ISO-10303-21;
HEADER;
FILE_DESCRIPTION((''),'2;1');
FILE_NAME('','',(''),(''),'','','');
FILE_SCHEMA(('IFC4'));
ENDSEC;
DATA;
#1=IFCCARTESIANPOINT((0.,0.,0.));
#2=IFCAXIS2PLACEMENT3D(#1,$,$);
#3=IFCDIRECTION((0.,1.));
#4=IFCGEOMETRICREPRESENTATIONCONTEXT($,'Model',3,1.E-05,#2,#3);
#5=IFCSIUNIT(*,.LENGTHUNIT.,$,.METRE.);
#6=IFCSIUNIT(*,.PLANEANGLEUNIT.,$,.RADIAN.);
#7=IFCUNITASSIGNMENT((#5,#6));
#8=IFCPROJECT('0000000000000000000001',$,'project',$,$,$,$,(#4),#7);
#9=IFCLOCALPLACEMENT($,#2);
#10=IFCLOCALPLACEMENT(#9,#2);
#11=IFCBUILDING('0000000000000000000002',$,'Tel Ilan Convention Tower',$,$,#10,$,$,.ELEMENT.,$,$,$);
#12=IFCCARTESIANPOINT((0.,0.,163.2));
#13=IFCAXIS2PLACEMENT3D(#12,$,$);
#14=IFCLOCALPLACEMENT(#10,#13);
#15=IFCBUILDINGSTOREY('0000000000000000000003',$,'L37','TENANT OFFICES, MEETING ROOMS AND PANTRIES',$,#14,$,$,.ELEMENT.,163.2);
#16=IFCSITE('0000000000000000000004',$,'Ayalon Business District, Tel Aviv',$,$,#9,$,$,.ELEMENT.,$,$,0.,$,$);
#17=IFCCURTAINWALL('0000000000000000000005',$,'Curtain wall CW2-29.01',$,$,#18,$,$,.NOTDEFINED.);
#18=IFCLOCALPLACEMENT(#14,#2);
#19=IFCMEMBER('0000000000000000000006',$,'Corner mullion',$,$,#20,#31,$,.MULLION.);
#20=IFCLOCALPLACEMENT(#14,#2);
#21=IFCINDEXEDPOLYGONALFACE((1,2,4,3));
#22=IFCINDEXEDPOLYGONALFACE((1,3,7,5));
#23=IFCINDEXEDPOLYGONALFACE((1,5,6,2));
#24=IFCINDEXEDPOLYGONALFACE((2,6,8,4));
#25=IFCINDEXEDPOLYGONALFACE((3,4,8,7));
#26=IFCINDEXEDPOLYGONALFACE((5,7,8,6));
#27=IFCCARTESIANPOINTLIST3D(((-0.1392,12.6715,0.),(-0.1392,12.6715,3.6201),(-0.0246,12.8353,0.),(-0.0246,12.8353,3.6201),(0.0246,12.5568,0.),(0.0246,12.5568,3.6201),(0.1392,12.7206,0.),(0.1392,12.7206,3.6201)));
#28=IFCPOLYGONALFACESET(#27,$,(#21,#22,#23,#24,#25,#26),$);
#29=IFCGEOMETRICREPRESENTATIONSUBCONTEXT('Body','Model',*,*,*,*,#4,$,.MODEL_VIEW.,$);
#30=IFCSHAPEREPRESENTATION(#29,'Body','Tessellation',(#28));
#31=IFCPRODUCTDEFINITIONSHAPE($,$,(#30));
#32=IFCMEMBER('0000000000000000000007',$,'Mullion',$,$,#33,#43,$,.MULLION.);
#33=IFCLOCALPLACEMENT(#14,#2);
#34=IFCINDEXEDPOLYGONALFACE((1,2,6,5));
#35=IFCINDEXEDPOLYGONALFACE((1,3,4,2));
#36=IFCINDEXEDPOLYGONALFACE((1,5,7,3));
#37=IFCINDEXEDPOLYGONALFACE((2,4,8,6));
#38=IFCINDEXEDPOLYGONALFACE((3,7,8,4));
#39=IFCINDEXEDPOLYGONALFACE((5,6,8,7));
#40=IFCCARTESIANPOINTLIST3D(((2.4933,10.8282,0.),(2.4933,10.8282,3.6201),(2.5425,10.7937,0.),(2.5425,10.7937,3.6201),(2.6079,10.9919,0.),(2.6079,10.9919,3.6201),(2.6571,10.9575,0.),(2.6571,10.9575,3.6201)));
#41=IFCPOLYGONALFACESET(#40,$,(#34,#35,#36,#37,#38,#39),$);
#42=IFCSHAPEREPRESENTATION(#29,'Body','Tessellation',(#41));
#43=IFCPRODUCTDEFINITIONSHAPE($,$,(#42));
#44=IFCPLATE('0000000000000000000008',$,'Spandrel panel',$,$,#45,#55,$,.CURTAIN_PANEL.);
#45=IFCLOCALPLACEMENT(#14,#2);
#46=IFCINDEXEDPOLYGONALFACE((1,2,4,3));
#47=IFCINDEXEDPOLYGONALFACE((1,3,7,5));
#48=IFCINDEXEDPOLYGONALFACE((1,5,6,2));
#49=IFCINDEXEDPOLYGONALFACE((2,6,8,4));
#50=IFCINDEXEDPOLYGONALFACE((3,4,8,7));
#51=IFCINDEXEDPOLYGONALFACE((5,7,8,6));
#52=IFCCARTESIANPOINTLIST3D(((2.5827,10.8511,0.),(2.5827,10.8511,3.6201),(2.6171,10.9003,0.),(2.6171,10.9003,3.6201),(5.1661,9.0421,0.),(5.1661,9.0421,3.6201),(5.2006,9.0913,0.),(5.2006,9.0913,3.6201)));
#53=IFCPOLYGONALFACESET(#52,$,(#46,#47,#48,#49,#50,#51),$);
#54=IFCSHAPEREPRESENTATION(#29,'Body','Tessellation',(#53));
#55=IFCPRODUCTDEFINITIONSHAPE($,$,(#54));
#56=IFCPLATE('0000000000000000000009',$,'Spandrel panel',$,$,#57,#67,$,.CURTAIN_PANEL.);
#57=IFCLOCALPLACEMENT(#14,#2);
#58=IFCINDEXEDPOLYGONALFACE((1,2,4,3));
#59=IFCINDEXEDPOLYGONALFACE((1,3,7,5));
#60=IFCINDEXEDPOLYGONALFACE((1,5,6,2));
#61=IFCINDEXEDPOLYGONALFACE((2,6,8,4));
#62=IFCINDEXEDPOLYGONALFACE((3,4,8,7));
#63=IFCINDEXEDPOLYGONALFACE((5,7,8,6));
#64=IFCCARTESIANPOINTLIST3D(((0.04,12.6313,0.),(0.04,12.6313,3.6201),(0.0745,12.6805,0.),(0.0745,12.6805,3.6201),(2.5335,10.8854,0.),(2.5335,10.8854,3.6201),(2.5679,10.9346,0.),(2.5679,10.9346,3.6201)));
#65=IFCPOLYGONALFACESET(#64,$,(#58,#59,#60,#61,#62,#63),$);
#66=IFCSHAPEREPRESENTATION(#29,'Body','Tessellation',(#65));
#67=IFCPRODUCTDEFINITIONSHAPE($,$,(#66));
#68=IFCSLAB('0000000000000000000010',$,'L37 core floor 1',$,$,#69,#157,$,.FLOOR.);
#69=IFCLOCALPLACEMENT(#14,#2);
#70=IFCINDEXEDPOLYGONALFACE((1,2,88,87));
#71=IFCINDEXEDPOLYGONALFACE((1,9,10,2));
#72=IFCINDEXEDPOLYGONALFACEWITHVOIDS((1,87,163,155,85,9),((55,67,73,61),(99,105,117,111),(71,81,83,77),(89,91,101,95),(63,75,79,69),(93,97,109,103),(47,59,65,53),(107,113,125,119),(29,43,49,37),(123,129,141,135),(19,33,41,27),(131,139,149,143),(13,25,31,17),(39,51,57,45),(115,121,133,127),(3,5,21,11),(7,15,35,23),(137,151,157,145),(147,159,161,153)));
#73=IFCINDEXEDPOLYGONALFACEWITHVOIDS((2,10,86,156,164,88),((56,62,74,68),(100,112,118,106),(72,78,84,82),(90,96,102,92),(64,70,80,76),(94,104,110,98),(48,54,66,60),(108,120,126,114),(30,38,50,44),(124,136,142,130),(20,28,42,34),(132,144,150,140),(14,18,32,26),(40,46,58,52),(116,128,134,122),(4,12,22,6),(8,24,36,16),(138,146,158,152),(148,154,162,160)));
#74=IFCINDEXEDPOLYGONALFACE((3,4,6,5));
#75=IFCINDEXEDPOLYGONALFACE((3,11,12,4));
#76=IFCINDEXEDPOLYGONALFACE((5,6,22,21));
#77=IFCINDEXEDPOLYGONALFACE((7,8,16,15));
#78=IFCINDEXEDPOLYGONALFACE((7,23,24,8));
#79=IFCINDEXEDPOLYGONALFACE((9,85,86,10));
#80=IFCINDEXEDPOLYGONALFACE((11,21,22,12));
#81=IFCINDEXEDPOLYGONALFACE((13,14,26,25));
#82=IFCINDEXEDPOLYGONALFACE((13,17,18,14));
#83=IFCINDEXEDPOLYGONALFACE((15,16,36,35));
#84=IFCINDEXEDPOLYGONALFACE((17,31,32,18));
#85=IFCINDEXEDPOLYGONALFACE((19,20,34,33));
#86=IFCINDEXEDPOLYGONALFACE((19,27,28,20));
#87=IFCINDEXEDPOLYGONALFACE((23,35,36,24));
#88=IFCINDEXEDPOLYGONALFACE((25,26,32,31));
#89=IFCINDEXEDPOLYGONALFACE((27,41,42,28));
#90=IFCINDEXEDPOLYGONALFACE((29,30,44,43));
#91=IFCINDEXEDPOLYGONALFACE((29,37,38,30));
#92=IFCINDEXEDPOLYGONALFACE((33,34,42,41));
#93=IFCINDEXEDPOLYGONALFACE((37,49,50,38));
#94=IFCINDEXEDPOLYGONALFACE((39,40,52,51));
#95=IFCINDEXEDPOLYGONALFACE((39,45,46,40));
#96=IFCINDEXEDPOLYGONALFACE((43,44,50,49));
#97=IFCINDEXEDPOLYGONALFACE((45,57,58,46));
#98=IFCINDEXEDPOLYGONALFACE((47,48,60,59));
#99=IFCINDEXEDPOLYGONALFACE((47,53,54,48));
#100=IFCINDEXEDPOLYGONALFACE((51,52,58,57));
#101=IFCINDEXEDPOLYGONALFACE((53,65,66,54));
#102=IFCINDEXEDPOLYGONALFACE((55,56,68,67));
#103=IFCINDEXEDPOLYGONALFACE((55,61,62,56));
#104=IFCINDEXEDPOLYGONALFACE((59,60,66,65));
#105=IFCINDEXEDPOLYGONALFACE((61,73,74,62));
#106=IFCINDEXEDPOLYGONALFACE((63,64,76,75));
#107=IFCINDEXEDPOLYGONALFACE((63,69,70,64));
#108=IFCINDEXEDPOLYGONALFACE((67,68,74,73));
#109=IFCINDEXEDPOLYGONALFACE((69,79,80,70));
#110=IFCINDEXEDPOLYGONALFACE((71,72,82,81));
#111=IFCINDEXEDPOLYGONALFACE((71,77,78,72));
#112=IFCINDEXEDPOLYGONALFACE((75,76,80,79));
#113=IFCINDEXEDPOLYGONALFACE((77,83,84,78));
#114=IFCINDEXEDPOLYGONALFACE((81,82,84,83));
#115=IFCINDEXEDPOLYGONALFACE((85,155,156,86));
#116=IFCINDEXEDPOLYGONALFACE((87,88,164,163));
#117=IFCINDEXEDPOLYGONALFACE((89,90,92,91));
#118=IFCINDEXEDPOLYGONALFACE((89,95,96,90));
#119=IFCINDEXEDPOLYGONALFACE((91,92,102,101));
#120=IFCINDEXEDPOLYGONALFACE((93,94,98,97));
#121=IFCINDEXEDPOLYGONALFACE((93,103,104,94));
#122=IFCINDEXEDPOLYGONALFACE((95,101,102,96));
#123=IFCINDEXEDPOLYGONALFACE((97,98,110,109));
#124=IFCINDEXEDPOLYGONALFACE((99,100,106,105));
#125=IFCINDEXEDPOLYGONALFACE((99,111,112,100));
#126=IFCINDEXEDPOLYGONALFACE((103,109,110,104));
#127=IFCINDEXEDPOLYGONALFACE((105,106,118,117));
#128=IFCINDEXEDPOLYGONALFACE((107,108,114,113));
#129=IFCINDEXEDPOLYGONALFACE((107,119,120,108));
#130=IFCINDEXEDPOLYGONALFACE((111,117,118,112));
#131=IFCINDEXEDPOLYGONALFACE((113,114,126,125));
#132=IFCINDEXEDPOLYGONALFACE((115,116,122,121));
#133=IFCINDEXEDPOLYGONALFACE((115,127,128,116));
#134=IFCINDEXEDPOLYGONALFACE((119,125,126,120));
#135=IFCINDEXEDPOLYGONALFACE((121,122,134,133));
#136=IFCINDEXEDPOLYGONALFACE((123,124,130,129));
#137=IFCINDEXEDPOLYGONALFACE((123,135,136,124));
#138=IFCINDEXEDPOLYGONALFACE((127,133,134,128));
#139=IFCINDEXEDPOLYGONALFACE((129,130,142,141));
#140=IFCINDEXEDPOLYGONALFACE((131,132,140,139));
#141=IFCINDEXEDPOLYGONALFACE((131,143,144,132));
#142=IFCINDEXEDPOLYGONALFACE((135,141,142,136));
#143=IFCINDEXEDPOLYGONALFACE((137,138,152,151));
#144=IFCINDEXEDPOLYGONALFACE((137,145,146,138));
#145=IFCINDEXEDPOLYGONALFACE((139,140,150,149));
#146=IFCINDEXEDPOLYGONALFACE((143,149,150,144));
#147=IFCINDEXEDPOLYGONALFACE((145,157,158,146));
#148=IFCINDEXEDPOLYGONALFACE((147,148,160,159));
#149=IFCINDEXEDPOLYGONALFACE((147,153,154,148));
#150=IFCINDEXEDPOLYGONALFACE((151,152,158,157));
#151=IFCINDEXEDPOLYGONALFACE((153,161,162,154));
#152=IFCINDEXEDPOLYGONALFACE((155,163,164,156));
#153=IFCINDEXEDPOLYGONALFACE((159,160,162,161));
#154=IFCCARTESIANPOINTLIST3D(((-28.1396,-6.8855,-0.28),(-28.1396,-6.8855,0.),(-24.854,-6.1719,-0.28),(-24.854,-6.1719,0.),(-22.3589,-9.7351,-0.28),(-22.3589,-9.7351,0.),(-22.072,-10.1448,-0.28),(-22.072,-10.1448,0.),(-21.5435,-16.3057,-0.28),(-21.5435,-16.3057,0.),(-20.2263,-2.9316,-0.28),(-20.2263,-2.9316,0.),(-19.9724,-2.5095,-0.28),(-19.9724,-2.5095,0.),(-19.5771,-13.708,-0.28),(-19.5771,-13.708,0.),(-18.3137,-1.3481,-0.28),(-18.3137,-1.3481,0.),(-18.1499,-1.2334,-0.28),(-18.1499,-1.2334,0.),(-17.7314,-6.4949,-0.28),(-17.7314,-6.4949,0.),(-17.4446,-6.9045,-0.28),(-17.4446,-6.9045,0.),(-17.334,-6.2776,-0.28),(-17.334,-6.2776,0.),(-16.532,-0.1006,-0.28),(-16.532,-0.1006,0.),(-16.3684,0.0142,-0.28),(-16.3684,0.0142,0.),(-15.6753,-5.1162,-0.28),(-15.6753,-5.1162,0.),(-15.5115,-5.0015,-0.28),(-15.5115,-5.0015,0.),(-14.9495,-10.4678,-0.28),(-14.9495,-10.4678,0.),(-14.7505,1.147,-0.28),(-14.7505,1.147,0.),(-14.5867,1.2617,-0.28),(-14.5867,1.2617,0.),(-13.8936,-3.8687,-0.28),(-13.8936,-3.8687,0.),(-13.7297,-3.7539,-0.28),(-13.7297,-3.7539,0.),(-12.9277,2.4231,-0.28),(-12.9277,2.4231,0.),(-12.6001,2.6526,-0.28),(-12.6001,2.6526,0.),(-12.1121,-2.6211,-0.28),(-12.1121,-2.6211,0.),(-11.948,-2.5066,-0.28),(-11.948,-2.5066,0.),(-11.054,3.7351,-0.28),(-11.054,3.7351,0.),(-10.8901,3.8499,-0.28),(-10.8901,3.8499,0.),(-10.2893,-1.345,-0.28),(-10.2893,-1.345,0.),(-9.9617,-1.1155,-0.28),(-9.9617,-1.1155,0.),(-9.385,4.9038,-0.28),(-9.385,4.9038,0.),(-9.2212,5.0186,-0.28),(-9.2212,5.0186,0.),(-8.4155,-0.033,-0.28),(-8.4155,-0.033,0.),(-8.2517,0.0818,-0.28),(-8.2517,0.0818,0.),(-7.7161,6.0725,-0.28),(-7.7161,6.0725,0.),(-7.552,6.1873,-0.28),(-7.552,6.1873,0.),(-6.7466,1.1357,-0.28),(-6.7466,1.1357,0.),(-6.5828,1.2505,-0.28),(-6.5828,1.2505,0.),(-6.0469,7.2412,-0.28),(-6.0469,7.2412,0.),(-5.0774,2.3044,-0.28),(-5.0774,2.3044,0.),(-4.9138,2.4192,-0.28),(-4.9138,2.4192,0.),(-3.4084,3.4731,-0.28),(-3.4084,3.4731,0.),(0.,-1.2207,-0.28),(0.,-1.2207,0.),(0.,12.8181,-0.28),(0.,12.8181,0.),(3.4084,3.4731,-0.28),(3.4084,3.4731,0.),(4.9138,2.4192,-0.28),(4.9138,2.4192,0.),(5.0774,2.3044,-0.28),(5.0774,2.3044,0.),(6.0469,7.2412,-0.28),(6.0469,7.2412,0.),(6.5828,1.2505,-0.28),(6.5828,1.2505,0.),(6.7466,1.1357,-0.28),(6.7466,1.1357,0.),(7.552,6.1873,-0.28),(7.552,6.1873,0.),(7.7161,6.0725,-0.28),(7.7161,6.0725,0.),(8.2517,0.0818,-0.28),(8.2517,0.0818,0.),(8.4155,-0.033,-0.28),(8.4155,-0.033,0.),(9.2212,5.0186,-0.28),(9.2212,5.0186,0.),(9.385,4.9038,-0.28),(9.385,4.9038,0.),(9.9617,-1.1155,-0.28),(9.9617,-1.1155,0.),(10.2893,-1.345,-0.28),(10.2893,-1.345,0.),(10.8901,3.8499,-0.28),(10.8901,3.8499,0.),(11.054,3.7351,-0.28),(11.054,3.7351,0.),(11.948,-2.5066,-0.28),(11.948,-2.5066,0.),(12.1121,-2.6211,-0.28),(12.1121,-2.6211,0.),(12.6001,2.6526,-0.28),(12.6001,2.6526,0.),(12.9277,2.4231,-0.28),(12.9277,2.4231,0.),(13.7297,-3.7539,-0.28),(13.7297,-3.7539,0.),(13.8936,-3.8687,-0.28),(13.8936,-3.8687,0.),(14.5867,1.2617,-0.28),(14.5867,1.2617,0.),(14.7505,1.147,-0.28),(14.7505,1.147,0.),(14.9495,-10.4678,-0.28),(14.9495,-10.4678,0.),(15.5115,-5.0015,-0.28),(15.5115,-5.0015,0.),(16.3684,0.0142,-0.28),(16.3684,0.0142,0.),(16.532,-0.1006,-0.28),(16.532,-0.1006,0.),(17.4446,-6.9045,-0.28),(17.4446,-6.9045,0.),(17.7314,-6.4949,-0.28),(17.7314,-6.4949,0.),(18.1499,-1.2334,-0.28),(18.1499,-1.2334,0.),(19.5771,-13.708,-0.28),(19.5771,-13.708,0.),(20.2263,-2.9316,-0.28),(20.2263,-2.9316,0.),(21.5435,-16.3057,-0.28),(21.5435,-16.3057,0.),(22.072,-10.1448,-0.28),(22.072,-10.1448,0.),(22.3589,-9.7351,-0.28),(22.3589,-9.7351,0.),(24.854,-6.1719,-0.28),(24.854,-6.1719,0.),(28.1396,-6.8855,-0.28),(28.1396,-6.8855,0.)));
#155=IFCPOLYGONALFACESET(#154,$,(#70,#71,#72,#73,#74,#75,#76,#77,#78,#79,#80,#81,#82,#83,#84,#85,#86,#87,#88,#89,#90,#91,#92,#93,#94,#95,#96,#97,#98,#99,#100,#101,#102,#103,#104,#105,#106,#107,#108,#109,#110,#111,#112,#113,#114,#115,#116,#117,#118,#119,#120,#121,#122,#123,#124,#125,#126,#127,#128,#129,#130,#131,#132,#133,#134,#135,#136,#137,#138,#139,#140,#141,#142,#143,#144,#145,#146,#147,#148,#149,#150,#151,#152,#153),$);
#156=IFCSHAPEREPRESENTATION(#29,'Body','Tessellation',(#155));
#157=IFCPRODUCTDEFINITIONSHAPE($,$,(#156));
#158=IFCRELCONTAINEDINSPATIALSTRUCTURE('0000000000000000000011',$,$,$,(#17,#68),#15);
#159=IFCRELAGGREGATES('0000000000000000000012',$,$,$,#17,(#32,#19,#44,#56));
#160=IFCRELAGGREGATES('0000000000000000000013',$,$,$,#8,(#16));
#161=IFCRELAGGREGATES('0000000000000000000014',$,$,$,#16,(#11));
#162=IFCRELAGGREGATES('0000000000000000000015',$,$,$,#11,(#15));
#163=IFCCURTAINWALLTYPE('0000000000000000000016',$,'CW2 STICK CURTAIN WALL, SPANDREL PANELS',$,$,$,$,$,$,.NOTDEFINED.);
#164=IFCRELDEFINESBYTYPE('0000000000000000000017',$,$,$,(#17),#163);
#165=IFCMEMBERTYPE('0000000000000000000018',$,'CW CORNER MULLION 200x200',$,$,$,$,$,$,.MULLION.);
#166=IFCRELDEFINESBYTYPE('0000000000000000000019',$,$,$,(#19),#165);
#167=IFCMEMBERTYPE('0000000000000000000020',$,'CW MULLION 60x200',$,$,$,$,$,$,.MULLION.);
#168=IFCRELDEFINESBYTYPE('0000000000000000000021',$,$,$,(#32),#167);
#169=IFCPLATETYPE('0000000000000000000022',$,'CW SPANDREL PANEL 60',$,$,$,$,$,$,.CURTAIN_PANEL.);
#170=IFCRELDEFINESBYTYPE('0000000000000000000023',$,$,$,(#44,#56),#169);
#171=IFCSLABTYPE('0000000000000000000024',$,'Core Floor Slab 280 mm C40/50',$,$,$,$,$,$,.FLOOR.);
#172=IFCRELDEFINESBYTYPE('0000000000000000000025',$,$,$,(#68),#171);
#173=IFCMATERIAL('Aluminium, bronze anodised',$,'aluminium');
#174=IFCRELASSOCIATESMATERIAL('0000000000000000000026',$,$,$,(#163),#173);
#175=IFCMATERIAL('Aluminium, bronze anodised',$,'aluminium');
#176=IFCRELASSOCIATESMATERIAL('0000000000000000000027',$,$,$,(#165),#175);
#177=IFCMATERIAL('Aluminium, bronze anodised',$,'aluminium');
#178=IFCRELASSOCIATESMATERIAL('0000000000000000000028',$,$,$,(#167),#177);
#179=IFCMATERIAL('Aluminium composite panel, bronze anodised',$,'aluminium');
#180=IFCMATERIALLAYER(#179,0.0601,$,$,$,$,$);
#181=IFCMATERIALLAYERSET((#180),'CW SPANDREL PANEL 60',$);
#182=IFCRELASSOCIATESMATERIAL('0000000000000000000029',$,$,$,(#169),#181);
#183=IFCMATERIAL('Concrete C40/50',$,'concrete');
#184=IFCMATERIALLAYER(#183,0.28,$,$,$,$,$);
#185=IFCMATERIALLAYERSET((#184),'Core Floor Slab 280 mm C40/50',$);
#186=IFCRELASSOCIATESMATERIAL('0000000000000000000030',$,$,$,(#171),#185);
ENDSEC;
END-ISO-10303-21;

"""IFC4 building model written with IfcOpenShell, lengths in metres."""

from ifc_helpers import new_model, si_unit, direction, frame, origin, origin_2d, place, context, subcontext, project, spatial, polyline, rectangle, outline, extrude, material, layer, layer_set, material_profile, profile_set, type_object, element, aggregate, save


model = new_model("IFC4")

# Units and contexts
model_context = context("Model", 3, precision=1e-05, world=origin(), true_north=direction((0.0, 1.0)))
body_context = subcontext(model_context, "Body", "Model", "MODEL_VIEW")
ifc_project = project(units=[si_unit("LENGTHUNIT", "METRE"), si_unit("PLANEANGLEUNIT", "RADIAN")], contexts=[model_context])

# Site, building, storey
site_placement = place(None, origin())
site = spatial("IfcSite", under=ifc_project, at=site_placement, Name="Ayalon Business District, Tel Aviv", CompositionType="ELEMENT", RefElevation=0.0)
building_placement = place(site_placement, origin())
building = spatial("IfcBuilding", under=site, at=building_placement, Name="Tel Ilan Convention Tower", CompositionType="ELEMENT")
storey_placement = place(building_placement, frame((0.0, 0.0, 163.2)))
storey = spatial("IfcBuildingStorey", under=building, at=storey_placement, Name="L37", Description="TENANT OFFICES, MEETING ROOMS AND PANTRIES", CompositionType="ELEMENT", Elevation=163.2)

# Curtain wall, members, plates
ifc_material_1 = material(Name="Aluminium, bronze anodised", Category="aluminium")
curtain_wall_type = type_object("IfcCurtainWallType", Name="CW2 STICK CURTAIN WALL, SPANDREL PANELS", PredefinedType="NOTDEFINED", material=ifc_material_1)
curtain_wall_placement = place(storey_placement, origin())
curtain_wall = element("IfcCurtainWall", 1, at=curtain_wall_placement, inside=storey, type_object=curtain_wall_type, Name="Curtain wall CW2-29.01", PredefinedType="NOTDEFINED")
ifc_material_2 = material(Name="Aluminium, bronze anodised", Category="aluminium")
ifc_material_profile_1 = material_profile(ifc_material_2, rectangle(XDim=0.2, YDim=0.2, at=origin_2d()), Name="CW CORNER MULLION 200x200")
ifc_profile_set_1 = profile_set([ifc_material_profile_1], Name="Aluminium, bronze anodised")
member_type_1 = type_object("IfcMemberType", Name="CW CORNER MULLION 200x200", PredefinedType="MULLION", material=ifc_profile_set_1)
member_1_placement = place(storey_placement, frame((0.0, 12.696, 0.0), z_axis=(0.0, 0.0, 1.0), x_axis=(-0.819152, 0.573576, 0.0)))
member_1 = element("IfcMember", 2, at=member_1_placement, type_object=member_type_1, Name="Corner mullion", PredefinedType="MULLION", context=body_context, shape_type="SweptSolid", body=[
    extrude(rectangle(XDim=0.2, YDim=0.2, at=origin_2d()), origin(), (0.0, 0.0, 1.0), 3.6201),
])
ifc_material_3 = material(Name="Aluminium, bronze anodised", Category="aluminium")
ifc_material_profile_2 = material_profile(ifc_material_3, rectangle(XDim=0.0601, YDim=0.2, at=origin_2d()), Name="CW MULLION 60x200")
ifc_profile_set_2 = profile_set([ifc_material_profile_2], Name="Aluminium, bronze anodised")
member_type_2 = type_object("IfcMemberType", Name="CW MULLION 60x200", PredefinedType="MULLION", material=ifc_profile_set_2)
member_2_placement = place(storey_placement, frame((2.5752, 10.8928, 0.0), z_axis=(0.0, 0.0, 1.0), x_axis=(-0.819152, 0.573576, 0.0)))
member_2 = element("IfcMember", 3, at=member_2_placement, type_object=member_type_2, Name="Mullion", PredefinedType="MULLION", context=body_context, shape_type="SweptSolid", body=[
    extrude(rectangle(XDim=0.0601, YDim=0.2, at=origin_2d()), origin(), (0.0, 0.0, 1.0), 3.6201),
])
ifc_material_4 = material(Name="Aluminium composite panel, bronze anodised", Category="aluminium")
ifc_layer_1 = layer(ifc_material_4, 0.0601)
ifc_layer_set_1 = layer_set([ifc_layer_1], Name="CW SPANDREL PANEL 60")
plate_type = type_object("IfcPlateType", Name="CW SPANDREL PANEL 60", PredefinedType="CURTAIN_PANEL", material=ifc_layer_set_1)
plate_1_placement = place(storey_placement, frame((3.8916, 9.9712, 0.0), z_axis=(0.0, 0.0, 1.0), x_axis=(-0.819152, 0.573576, 0.0)))
plate_1 = element("IfcPlate", 4, at=plate_1_placement, type_object=plate_type, Name="Spandrel panel", PredefinedType="CURTAIN_PANEL", context=body_context, shape_type="SweptSolid", body=[
    extrude(rectangle(XDim=3.1538, YDim=0.0601, at=origin_2d()), origin(), (0.0, 0.0, 1.0), 3.6201),
])
plate_2_placement = place(storey_placement, frame((1.304, 11.783, 0.0), z_axis=(0.0, 0.0, 1.0), x_axis=(-0.819152, 0.573576, 0.0)))
plate_2 = element("IfcPlate", 5, at=plate_2_placement, type_object=plate_type, Name="Spandrel panel", PredefinedType="CURTAIN_PANEL", context=body_context, shape_type="SweptSolid", body=[
    extrude(rectangle(XDim=3.0439, YDim=0.0601, at=origin_2d()), origin(), (0.0, 0.0, 1.0), 3.6201),
])
aggregate(curtain_wall, [member_2, member_1, plate_1, plate_2])

# Slab
ifc_material_5 = material(Name="Concrete C40/50", Category="concrete")
ifc_layer_2 = layer(ifc_material_5, 0.28)
ifc_layer_set_2 = layer_set([ifc_layer_2], Name="Core Floor Slab 280 mm C40/50")
slab_type = type_object("IfcSlabType", Name="Core Floor Slab 280 mm C40/50", PredefinedType="FLOOR", material=ifc_layer_set_2)
slab_placement = place(storey_placement, frame((0.0, 0.0, -0.28)))
element("IfcSlab", 6, at=slab_placement, inside=storey, type_object=slab_type, Name="L37 core floor 1", PredefinedType="FLOOR", context=body_context, shape_type="SweptSolid", body=[
    extrude(outline(polyline([(-28.1396, -6.8855), (0.0, 12.8181), (28.1396, -6.8855), (21.5435, -16.3057), (0.0, -1.2207), (-21.5435, -16.3057), (-28.1396, -6.8855)]), holes=[polyline([(-14.9495, -10.4678), (-17.4446, -6.9045), (-22.072, -10.1448), (-19.5771, -13.708), (-14.9495, -10.4678)]), polyline([(-17.7314, -6.4949), (-20.2263, -2.9316), (-24.854, -6.1719), (-22.3589, -9.7351), (-17.7314, -6.4949)]), polyline([(-18.3137, -1.3481), (-19.9724, -2.5095), (-17.334, -6.2776), (-15.6753, -5.1162), (-18.3137, -1.3481)]), polyline([(-16.532, -0.1006), (-18.1499, -1.2334), (-15.5115, -5.0015), (-13.8936, -3.8687), (-16.532, -0.1006)]), polyline([(-14.7505, 1.147), (-16.3684, 0.0142), (-13.7297, -3.7539), (-12.1121, -2.6211), (-14.7505, 1.147)]), polyline([(-12.9277, 2.4231), (-14.5867, 1.2617), (-11.948, -2.5066), (-10.2893, -1.345), (-12.9277, 2.4231)]), polyline([(-11.054, 3.7351), (-12.6001, 2.6526), (-9.9617, -1.1155), (-8.4155, -0.033), (-11.054, 3.7351)]), polyline([(-6.7466, 1.1357), (-9.385, 4.9038), (-10.8901, 3.8499), (-8.2517, 0.0818), (-6.7466, 1.1357)]), polyline([(-5.0774, 2.3044), (-7.7161, 6.0725), (-9.2212, 5.0186), (-6.5828, 1.2505), (-5.0774, 2.3044)]), polyline([(-6.0469, 7.2412), (-7.552, 6.1873), (-4.9138, 2.4192), (-3.4084, 3.4731), (-6.0469, 7.2412)]), polyline([(17.4446, -6.9045), (14.9495, -10.4678), (19.5771, -13.708), (22.072, -10.1448), (17.4446, -6.9045)]), polyline([(20.2263, -2.9316), (17.7314, -6.4949), (22.3589, -9.7351), (24.854, -6.1719), (20.2263, -2.9316)]), polyline([(13.8936, -3.8687), (15.5115, -5.0015), (18.1499, -1.2334), (16.532, -0.1006), (13.8936, -3.8687)]), polyline([(12.1121, -2.6211), (13.7297, -3.7539), (16.3684, 0.0142), (14.7505, 1.147), (12.1121, -2.6211)]), polyline([(11.948, -2.5066), (14.5867, 1.2617), (12.9277, 2.4231), (10.2893, -1.345), (11.948, -2.5066)]), polyline([(9.9617, -1.1155), (12.6001, 2.6526), (11.054, 3.7351), (8.4155, -0.033), (9.9617, -1.1155)]), polyline([(8.2517, 0.0818), (10.8901, 3.8499), (9.385, 4.9038), (6.7466, 1.1357), (8.2517, 0.0818)]), polyline([(5.0774, 2.3044), (6.5828, 1.2505), (9.2212, 5.0186), (7.7161, 6.0725), (5.0774, 2.3044)]), polyline([(3.4084, 3.4731), (4.9138, 2.4192), (7.552, 6.1873), (6.0469, 7.2412), (3.4084, 3.4731)])]), origin(), (0.0, 0.0, 1.0), 0.28),
])

save(model, "model.ifc")
